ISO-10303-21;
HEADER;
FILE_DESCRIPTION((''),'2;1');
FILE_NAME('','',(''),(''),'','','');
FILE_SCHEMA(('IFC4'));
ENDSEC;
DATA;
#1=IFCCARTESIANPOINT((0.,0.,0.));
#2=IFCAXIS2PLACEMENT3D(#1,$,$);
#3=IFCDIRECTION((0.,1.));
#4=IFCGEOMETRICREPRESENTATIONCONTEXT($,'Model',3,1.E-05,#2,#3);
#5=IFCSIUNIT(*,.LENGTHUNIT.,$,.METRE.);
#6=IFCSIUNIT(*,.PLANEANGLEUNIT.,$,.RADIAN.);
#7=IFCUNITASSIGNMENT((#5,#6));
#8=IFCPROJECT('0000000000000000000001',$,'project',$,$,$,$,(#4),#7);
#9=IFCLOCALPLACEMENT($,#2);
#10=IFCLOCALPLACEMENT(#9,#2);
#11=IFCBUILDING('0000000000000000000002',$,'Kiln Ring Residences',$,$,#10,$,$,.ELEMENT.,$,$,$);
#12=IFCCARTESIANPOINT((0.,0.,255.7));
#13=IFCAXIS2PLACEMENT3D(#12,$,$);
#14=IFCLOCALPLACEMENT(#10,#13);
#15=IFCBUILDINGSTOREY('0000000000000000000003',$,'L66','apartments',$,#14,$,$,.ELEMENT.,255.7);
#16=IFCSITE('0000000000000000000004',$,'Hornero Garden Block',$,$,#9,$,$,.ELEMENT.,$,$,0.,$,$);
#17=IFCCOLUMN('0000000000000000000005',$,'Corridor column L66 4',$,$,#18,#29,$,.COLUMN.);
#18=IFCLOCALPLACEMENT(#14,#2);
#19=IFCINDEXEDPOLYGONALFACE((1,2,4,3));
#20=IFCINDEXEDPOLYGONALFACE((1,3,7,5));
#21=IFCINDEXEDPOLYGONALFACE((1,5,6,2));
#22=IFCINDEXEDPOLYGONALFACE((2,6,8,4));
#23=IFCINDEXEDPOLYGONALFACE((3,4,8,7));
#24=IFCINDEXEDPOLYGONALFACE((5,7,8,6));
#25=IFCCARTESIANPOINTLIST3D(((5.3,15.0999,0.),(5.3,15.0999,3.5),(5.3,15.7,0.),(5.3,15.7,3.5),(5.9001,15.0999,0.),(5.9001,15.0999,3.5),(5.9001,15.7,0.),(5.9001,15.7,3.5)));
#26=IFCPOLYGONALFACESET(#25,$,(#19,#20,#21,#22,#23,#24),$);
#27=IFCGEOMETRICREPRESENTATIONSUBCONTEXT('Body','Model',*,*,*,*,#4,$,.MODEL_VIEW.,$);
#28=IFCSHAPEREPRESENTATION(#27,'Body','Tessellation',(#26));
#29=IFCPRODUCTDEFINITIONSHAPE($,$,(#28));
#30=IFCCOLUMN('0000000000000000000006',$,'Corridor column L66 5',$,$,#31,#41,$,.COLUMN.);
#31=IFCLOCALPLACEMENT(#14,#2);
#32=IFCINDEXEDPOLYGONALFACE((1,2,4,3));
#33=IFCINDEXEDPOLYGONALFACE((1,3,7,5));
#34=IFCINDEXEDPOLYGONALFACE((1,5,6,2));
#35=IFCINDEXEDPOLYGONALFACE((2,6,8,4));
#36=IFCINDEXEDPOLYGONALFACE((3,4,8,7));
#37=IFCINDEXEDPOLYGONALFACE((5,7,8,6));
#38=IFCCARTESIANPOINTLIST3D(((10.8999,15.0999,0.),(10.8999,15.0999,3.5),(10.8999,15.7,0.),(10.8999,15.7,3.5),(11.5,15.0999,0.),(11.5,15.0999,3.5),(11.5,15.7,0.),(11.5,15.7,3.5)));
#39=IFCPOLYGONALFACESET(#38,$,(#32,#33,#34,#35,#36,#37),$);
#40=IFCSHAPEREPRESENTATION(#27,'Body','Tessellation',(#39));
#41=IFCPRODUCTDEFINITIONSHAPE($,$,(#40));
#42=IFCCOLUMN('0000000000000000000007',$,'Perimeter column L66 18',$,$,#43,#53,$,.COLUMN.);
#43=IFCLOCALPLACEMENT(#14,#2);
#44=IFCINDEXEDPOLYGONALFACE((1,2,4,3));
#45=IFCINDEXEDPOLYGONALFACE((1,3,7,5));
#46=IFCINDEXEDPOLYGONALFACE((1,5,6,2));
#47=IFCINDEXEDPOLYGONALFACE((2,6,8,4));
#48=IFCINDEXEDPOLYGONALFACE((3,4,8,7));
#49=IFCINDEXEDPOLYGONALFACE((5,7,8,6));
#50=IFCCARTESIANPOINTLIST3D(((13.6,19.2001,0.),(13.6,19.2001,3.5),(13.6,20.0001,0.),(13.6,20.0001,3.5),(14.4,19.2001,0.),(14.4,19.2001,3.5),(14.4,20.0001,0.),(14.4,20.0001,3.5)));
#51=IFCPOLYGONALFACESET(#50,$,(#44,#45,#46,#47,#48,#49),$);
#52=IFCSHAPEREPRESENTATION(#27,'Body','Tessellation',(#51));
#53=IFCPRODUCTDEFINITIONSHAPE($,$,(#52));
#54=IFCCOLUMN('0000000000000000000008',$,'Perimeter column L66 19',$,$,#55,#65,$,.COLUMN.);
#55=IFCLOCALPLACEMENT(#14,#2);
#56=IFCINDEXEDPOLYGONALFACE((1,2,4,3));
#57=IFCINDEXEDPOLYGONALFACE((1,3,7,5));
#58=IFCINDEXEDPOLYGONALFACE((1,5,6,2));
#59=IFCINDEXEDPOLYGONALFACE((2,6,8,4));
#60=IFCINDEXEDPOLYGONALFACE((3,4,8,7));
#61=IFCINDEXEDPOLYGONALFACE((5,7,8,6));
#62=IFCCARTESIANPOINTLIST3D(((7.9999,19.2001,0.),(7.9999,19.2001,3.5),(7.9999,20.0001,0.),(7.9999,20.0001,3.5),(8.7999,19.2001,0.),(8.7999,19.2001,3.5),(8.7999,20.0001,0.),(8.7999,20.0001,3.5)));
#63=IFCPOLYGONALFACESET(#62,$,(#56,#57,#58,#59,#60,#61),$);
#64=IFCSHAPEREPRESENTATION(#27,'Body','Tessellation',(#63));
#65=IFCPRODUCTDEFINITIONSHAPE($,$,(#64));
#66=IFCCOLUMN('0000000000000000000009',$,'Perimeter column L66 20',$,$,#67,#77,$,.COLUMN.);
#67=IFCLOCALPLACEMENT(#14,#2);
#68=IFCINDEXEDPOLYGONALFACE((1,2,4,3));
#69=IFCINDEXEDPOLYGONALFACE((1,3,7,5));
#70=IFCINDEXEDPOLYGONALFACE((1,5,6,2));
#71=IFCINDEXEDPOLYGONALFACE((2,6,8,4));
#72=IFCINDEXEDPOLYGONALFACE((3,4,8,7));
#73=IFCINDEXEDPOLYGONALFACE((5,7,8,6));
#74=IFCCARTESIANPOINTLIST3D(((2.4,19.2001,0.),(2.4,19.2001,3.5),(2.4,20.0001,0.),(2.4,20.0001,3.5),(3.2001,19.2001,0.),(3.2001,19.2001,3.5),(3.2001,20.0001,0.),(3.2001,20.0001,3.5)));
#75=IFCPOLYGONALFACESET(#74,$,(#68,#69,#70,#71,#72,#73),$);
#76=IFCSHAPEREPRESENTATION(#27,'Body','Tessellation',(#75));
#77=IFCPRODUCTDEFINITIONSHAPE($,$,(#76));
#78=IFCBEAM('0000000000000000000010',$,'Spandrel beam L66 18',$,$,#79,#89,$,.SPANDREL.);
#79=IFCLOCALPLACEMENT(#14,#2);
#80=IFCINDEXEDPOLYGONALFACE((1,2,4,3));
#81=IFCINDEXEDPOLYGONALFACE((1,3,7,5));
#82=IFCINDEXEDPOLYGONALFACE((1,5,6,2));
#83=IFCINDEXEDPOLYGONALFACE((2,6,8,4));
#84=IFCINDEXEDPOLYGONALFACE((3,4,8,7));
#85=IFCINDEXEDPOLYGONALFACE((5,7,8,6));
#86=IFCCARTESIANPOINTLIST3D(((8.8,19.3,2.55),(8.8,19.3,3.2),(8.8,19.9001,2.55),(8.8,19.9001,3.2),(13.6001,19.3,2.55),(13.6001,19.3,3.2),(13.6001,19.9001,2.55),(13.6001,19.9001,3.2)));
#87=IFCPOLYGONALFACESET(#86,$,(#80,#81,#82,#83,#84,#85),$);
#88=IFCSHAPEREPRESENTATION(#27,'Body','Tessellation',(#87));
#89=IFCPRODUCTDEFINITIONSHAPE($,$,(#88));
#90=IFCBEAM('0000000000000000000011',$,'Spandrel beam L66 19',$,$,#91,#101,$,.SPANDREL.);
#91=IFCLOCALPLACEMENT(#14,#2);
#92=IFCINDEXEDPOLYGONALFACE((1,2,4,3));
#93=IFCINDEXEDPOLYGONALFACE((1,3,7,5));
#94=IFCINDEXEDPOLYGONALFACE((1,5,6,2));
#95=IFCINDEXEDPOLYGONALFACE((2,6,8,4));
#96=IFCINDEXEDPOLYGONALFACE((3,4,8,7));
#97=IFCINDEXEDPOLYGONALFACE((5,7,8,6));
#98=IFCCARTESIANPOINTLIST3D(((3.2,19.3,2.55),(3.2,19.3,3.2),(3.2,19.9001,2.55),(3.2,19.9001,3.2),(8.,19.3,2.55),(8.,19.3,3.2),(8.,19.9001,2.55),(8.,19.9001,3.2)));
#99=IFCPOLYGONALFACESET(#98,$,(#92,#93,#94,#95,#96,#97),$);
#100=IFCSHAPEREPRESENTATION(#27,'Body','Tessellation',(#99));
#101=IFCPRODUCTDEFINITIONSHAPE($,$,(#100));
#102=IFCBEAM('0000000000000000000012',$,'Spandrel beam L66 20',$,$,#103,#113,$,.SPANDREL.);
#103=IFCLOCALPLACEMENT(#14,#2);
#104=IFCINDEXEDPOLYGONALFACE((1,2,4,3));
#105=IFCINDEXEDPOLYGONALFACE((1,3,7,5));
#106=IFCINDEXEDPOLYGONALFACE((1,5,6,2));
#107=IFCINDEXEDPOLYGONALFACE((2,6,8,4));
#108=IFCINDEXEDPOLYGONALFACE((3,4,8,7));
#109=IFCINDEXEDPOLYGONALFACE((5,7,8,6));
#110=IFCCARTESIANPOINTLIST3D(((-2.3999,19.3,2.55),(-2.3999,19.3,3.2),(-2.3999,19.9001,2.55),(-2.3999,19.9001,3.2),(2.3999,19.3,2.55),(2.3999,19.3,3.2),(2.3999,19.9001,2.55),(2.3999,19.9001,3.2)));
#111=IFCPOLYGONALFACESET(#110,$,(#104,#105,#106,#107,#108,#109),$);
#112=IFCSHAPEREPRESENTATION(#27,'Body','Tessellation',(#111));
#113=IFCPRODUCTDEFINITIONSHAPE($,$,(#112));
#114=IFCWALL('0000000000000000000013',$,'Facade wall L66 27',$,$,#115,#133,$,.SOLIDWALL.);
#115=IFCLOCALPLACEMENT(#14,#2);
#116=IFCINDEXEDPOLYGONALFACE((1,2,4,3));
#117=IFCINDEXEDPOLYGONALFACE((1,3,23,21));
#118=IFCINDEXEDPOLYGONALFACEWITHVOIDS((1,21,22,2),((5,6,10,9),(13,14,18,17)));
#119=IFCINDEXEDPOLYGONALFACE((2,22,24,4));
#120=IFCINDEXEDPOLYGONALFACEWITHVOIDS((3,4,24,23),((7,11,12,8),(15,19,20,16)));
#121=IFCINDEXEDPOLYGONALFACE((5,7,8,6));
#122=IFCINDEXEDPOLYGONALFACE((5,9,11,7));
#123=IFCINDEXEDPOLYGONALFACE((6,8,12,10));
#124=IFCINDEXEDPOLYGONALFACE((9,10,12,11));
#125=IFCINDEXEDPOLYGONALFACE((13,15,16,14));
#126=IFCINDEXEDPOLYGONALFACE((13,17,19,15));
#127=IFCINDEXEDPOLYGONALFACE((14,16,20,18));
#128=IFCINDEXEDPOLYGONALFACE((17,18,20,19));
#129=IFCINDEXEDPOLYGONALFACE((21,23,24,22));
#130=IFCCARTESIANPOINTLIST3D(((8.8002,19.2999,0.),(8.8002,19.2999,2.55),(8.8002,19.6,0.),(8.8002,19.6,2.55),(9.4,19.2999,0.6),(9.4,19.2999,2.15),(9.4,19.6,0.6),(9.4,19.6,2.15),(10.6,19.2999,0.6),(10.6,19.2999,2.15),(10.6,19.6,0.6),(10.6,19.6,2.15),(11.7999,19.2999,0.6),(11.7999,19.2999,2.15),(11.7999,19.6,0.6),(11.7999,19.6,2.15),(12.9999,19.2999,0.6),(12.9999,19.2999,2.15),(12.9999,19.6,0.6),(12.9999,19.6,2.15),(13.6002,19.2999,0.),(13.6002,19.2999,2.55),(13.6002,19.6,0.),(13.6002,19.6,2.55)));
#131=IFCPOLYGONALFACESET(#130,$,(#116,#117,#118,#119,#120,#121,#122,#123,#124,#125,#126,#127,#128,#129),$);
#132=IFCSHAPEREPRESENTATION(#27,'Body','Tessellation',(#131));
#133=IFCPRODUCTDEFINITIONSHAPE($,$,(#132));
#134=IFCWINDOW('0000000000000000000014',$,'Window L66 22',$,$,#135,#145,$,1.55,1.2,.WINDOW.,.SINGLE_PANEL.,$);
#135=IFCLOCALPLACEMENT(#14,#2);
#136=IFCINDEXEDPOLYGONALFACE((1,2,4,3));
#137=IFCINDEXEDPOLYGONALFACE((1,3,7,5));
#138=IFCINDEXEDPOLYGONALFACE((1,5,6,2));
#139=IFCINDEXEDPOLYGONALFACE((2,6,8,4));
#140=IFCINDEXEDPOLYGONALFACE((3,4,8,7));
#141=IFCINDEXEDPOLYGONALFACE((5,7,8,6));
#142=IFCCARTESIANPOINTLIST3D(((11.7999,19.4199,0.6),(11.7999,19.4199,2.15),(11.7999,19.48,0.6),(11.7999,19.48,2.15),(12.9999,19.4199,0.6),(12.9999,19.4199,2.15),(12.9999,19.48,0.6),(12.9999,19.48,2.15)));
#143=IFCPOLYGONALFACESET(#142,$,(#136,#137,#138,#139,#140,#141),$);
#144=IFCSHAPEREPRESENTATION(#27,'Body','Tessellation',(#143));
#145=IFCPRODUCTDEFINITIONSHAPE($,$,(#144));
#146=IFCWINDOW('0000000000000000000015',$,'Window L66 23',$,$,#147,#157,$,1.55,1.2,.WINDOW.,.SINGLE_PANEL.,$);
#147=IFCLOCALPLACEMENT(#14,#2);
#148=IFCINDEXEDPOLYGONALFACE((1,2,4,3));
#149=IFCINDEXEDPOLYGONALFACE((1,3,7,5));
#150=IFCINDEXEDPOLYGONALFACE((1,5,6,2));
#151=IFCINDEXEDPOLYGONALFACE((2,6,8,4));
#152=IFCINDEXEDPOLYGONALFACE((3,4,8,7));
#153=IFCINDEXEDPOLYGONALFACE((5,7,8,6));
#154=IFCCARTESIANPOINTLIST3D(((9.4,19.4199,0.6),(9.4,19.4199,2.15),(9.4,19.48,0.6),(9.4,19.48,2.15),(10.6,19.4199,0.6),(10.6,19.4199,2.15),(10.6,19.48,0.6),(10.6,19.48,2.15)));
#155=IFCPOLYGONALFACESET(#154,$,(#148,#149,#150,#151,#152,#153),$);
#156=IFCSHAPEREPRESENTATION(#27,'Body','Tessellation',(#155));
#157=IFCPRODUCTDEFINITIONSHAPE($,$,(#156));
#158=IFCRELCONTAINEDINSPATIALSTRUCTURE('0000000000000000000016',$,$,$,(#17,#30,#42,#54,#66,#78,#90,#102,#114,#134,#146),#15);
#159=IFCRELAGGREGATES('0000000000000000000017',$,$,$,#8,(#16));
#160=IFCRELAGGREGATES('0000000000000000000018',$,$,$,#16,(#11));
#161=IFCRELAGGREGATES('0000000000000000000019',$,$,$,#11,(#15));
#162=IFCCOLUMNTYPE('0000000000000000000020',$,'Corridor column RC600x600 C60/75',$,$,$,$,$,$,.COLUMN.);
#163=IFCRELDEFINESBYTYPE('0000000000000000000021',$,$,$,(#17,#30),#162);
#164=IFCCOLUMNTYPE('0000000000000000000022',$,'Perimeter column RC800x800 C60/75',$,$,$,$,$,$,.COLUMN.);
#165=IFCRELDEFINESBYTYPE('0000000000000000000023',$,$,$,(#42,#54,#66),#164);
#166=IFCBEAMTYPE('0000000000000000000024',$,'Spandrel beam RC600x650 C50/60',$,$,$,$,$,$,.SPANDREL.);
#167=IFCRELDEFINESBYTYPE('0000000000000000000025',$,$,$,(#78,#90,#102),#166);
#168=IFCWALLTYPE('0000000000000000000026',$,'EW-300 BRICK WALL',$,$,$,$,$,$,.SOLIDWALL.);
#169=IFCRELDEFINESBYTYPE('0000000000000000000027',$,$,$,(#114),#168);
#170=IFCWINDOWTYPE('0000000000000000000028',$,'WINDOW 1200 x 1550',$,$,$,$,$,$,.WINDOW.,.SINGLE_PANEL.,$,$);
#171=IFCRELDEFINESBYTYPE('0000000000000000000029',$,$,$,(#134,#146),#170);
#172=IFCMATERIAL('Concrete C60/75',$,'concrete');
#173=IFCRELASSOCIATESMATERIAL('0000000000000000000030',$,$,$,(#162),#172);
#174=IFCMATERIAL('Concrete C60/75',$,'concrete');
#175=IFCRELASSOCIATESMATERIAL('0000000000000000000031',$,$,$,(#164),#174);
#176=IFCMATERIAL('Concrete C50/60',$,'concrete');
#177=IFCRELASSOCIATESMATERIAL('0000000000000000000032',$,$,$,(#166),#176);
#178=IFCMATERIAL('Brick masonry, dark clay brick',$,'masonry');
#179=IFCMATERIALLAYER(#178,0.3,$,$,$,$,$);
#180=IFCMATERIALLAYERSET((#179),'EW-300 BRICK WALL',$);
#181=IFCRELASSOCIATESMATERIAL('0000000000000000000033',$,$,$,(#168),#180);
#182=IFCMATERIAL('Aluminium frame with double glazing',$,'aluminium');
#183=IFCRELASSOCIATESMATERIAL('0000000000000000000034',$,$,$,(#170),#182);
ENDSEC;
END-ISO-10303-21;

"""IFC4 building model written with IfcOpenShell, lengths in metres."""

from ifc_helpers import new_model, si_unit, direction, frame, frame_2d, origin, origin_2d, place, context, subcontext, project, spatial, rectangle, extrude, material, layer, layer_set, material_profile, profile_set, type_object, element, fill, save


model = new_model("IFC4")

# Units and contexts
model_context = context("Model", 3, precision=1e-05, world=origin(), true_north=direction((0.0, 1.0)))
body_context = subcontext(model_context, "Body", "Model", "MODEL_VIEW")
ifc_project = project(units=[si_unit("LENGTHUNIT", "METRE"), si_unit("PLANEANGLEUNIT", "RADIAN")], contexts=[model_context])

# Site, building, storey
site_placement = place(None, origin())
site = spatial("IfcSite", under=ifc_project, at=site_placement, Name="Hornero Garden Block", CompositionType="ELEMENT", RefElevation=0.0)
building_placement = place(site_placement, origin())
building = spatial("IfcBuilding", under=site, at=building_placement, Name="Kiln Ring Residences", CompositionType="ELEMENT")
storey_placement = place(building_placement, frame((0.0, 0.0, 255.7)))
storey = spatial("IfcBuildingStorey", under=building, at=storey_placement, Name="L66", Description="apartments", CompositionType="ELEMENT", Elevation=255.7)

# Columns
ifc_material_1 = material(Name="Concrete C60/75", Category="concrete")
ifc_material_profile_1 = material_profile(ifc_material_1, rectangle(XDim=0.6001, YDim=0.6001, at=origin_2d()), Name="RC600x600")
ifc_profile_set_1 = profile_set([ifc_material_profile_1], Name="Concrete C60/75")
column_type_1 = type_object("IfcColumnType", Name="Corridor column RC600x600 C60/75", PredefinedType="COLUMN", material=ifc_profile_set_1)
for number, where, z_axis, x_axis, name in (
    (1, (5.6001, 15.3999, 0.0), (0.0, 0.0, 1.0), (1.0, 0.0, 0.0), "Corridor column L66 4"),
    (2, (11.2, 15.3999, 0.0), (0.0, 0.0, 1.0), (1.0, 0.0, 0.0), "Corridor column L66 5"),
):
    element("IfcColumn", number, at=place(storey_placement, frame(where, z_axis=z_axis, x_axis=x_axis)), inside=storey, type_object=column_type_1, Name=name, PredefinedType="COLUMN", context=body_context, shape_type="SweptSolid", body=[
        extrude(rectangle(XDim=0.6001, YDim=0.6001, at=origin_2d()), origin(), (0.0, 0.0, 1.0), 3.5),
    ])
ifc_material_2 = material(Name="Concrete C60/75", Category="concrete")
ifc_material_profile_2 = material_profile(ifc_material_2, rectangle(XDim=0.8, YDim=0.8, at=origin_2d()), Name="RC800x800")
ifc_profile_set_2 = profile_set([ifc_material_profile_2], Name="Concrete C60/75")
column_type_2 = type_object("IfcColumnType", Name="Perimeter column RC800x800 C60/75", PredefinedType="COLUMN", material=ifc_profile_set_2)
for number, where, z_axis, x_axis, name in (
    (3, (14.0, 19.6001, 0.0), (0.0, 0.0, 1.0), (1.0, 0.0, 0.0), "Perimeter column L66 18"),
    (4, (8.3999, 19.6001, 0.0), (0.0, 0.0, 1.0), (1.0, 0.0, 0.0), "Perimeter column L66 19"),
    (5, (2.8, 19.6001, 0.0), (0.0, 0.0, 1.0), (1.0, 0.0, 0.0), "Perimeter column L66 20"),
):
    element("IfcColumn", number, at=place(storey_placement, frame(where, z_axis=z_axis, x_axis=x_axis)), inside=storey, type_object=column_type_2, Name=name, PredefinedType="COLUMN", context=body_context, shape_type="SweptSolid", body=[
        extrude(rectangle(XDim=0.8, YDim=0.8, at=origin_2d()), origin(), (0.0, 0.0, 1.0), 3.5),
    ])

# Beams
ifc_material_3 = material(Name="Concrete C50/60", Category="concrete")
ifc_material_profile_3 = material_profile(ifc_material_3, rectangle(XDim=0.6001, YDim=0.6499, at=origin_2d()), Name="RC600x650")
ifc_profile_set_3 = profile_set([ifc_material_profile_3], Name="Concrete C50/60")
beam_type = type_object("IfcBeamType", Name="Spandrel beam RC600x650 C50/60", PredefinedType="SPANDREL", material=ifc_profile_set_3)
for number, where, z_axis, x_axis, name in (
    (6, (13.6001, 19.6001, 2.875), (-1.0, 0.0, 0.0), (0.0, -1.0, 0.0), "Spandrel beam L66 18"),
    (7, (8.0, 19.6001, 2.875), (-1.0, 0.0, 0.0), (0.0, -1.0, 0.0), "Spandrel beam L66 19"),
):
    element("IfcBeam", number, at=place(storey_placement, frame(where, z_axis=z_axis, x_axis=x_axis)), inside=storey, type_object=beam_type, Name=name, PredefinedType="SPANDREL", context=body_context, shape_type="SweptSolid", body=[
        extrude(rectangle(XDim=0.6001, YDim=0.6499, at=origin_2d()), origin(), (0.0, 0.0, 1.0), 4.8),
    ])
beam_placement = place(storey_placement, frame((2.3999, 19.6001, 2.875), z_axis=(-1.0, 0.0, 0.0), x_axis=(0.0, -1.0, 0.0)))
element("IfcBeam", 8, at=beam_placement, inside=storey, type_object=beam_type, Name="Spandrel beam L66 20", PredefinedType="SPANDREL", context=body_context, shape_type="SweptSolid", body=[
    extrude(rectangle(XDim=0.6001, YDim=0.6499, at=origin_2d()), origin(), (0.0, 0.0, 1.0), 4.7998),
])

# Wall, openings, windows
ifc_material_4 = material(Name="Brick masonry, dark clay brick", Category="masonry")
ifc_layer_1 = layer(ifc_material_4, 0.3)
ifc_layer_set_1 = layer_set([ifc_layer_1], Name="EW-300 BRICK WALL")
wall_type_1 = type_object("IfcWallType", Name="EW-300 BRICK WALL", PredefinedType="SOLIDWALL", material=ifc_layer_set_1)
wall_1_placement = place(storey_placement, frame((13.6001, 19.45, 0.0), z_axis=(0.0, 0.0, 1.0), x_axis=(-1.0, 0.0, 0.0)))
wall_1 = element("IfcWall", 9, at=wall_1_placement, inside=storey, type_object=wall_type_1, Name="Facade wall L66 27", PredefinedType="SOLIDWALL", context=body_context, shape_type="SweptSolid", body=[
    extrude(rectangle(XDim=4.8, YDim=0.3, at=frame_2d((2.3999, 0.0))), origin(), (0.0, 0.0, 1.0), 2.55),
])
opening_1_placement = place(wall_1_placement, frame((0.6001, 0.0, 0.6001)))
opening_1 = element("IfcOpeningElement", 10, at=opening_1_placement, cuts=wall_1, PredefinedType="OPENING", context=body_context, shape_type="SweptSolid", body=[
    extrude(rectangle(XDim=1.2, YDim=1.55, at=frame_2d((0.6001, 0.7749))), frame((0.0, 0.1599, 0.0), z_axis=(0.0, -1.0, 0.0), x_axis=(1.0, 0.0, 0.0)), (0.0, 0.0, 1.0), 0.3201),
])
opening_2_placement = place(wall_1_placement, frame((3.0, 0.0, 0.6001)))
opening_2 = element("IfcOpeningElement", 11, at=opening_2_placement, cuts=wall_1, PredefinedType="OPENING", context=body_context, shape_type="SweptSolid", body=[
    extrude(rectangle(XDim=1.2, YDim=1.55, at=frame_2d((0.6001, 0.7749))), frame((0.0, 0.1599, 0.0), z_axis=(0.0, -1.0, 0.0), x_axis=(1.0, 0.0, 0.0)), (0.0, 0.0, 1.0), 0.3201),
])
ifc_material_5 = material(Name="Aluminium frame with double glazing", Category="aluminium")
window_type_1 = type_object("IfcWindowType", Name="WINDOW 1200 x 1550", PartitioningType="SINGLE_PANEL", PredefinedType="WINDOW", material=ifc_material_5)
window_1_placement = place(opening_1_placement, origin())
window_1 = element("IfcWindow", 12, at=window_1_placement, inside=storey, type_object=window_type_1, Name="Window L66 22", OverallHeight=1.55, OverallWidth=1.2, PartitioningType="SINGLE_PANEL", PredefinedType="WINDOW", context=body_context, shape_type="SweptSolid", body=[
    extrude(rectangle(XDim=1.2, YDim=1.55, at=frame_2d((0.6001, 0.7749))), frame((0.0, 0.03, 0.0), z_axis=(0.0, -1.0, 0.0), x_axis=(1.0, 0.0, 0.0)), (0.0, 0.0, 1.0), 0.0601),
])
fill(opening_1, window_1)
window_2_placement = place(opening_2_placement, origin())
window_2 = element("IfcWindow", 13, at=window_2_placement, inside=storey, type_object=window_type_1, Name="Window L66 23", OverallHeight=1.55, OverallWidth=1.2, PartitioningType="SINGLE_PANEL", PredefinedType="WINDOW", context=body_context, shape_type="SweptSolid", body=[
    extrude(rectangle(XDim=1.2, YDim=1.55, at=frame_2d((0.6001, 0.7749))), frame((0.0, 0.03, 0.0), z_axis=(0.0, -1.0, 0.0), x_axis=(1.0, 0.0, 0.0)), (0.0, 0.0, 1.0), 0.0601),
])
fill(opening_2, window_2)

save(model, "model.ifc")
